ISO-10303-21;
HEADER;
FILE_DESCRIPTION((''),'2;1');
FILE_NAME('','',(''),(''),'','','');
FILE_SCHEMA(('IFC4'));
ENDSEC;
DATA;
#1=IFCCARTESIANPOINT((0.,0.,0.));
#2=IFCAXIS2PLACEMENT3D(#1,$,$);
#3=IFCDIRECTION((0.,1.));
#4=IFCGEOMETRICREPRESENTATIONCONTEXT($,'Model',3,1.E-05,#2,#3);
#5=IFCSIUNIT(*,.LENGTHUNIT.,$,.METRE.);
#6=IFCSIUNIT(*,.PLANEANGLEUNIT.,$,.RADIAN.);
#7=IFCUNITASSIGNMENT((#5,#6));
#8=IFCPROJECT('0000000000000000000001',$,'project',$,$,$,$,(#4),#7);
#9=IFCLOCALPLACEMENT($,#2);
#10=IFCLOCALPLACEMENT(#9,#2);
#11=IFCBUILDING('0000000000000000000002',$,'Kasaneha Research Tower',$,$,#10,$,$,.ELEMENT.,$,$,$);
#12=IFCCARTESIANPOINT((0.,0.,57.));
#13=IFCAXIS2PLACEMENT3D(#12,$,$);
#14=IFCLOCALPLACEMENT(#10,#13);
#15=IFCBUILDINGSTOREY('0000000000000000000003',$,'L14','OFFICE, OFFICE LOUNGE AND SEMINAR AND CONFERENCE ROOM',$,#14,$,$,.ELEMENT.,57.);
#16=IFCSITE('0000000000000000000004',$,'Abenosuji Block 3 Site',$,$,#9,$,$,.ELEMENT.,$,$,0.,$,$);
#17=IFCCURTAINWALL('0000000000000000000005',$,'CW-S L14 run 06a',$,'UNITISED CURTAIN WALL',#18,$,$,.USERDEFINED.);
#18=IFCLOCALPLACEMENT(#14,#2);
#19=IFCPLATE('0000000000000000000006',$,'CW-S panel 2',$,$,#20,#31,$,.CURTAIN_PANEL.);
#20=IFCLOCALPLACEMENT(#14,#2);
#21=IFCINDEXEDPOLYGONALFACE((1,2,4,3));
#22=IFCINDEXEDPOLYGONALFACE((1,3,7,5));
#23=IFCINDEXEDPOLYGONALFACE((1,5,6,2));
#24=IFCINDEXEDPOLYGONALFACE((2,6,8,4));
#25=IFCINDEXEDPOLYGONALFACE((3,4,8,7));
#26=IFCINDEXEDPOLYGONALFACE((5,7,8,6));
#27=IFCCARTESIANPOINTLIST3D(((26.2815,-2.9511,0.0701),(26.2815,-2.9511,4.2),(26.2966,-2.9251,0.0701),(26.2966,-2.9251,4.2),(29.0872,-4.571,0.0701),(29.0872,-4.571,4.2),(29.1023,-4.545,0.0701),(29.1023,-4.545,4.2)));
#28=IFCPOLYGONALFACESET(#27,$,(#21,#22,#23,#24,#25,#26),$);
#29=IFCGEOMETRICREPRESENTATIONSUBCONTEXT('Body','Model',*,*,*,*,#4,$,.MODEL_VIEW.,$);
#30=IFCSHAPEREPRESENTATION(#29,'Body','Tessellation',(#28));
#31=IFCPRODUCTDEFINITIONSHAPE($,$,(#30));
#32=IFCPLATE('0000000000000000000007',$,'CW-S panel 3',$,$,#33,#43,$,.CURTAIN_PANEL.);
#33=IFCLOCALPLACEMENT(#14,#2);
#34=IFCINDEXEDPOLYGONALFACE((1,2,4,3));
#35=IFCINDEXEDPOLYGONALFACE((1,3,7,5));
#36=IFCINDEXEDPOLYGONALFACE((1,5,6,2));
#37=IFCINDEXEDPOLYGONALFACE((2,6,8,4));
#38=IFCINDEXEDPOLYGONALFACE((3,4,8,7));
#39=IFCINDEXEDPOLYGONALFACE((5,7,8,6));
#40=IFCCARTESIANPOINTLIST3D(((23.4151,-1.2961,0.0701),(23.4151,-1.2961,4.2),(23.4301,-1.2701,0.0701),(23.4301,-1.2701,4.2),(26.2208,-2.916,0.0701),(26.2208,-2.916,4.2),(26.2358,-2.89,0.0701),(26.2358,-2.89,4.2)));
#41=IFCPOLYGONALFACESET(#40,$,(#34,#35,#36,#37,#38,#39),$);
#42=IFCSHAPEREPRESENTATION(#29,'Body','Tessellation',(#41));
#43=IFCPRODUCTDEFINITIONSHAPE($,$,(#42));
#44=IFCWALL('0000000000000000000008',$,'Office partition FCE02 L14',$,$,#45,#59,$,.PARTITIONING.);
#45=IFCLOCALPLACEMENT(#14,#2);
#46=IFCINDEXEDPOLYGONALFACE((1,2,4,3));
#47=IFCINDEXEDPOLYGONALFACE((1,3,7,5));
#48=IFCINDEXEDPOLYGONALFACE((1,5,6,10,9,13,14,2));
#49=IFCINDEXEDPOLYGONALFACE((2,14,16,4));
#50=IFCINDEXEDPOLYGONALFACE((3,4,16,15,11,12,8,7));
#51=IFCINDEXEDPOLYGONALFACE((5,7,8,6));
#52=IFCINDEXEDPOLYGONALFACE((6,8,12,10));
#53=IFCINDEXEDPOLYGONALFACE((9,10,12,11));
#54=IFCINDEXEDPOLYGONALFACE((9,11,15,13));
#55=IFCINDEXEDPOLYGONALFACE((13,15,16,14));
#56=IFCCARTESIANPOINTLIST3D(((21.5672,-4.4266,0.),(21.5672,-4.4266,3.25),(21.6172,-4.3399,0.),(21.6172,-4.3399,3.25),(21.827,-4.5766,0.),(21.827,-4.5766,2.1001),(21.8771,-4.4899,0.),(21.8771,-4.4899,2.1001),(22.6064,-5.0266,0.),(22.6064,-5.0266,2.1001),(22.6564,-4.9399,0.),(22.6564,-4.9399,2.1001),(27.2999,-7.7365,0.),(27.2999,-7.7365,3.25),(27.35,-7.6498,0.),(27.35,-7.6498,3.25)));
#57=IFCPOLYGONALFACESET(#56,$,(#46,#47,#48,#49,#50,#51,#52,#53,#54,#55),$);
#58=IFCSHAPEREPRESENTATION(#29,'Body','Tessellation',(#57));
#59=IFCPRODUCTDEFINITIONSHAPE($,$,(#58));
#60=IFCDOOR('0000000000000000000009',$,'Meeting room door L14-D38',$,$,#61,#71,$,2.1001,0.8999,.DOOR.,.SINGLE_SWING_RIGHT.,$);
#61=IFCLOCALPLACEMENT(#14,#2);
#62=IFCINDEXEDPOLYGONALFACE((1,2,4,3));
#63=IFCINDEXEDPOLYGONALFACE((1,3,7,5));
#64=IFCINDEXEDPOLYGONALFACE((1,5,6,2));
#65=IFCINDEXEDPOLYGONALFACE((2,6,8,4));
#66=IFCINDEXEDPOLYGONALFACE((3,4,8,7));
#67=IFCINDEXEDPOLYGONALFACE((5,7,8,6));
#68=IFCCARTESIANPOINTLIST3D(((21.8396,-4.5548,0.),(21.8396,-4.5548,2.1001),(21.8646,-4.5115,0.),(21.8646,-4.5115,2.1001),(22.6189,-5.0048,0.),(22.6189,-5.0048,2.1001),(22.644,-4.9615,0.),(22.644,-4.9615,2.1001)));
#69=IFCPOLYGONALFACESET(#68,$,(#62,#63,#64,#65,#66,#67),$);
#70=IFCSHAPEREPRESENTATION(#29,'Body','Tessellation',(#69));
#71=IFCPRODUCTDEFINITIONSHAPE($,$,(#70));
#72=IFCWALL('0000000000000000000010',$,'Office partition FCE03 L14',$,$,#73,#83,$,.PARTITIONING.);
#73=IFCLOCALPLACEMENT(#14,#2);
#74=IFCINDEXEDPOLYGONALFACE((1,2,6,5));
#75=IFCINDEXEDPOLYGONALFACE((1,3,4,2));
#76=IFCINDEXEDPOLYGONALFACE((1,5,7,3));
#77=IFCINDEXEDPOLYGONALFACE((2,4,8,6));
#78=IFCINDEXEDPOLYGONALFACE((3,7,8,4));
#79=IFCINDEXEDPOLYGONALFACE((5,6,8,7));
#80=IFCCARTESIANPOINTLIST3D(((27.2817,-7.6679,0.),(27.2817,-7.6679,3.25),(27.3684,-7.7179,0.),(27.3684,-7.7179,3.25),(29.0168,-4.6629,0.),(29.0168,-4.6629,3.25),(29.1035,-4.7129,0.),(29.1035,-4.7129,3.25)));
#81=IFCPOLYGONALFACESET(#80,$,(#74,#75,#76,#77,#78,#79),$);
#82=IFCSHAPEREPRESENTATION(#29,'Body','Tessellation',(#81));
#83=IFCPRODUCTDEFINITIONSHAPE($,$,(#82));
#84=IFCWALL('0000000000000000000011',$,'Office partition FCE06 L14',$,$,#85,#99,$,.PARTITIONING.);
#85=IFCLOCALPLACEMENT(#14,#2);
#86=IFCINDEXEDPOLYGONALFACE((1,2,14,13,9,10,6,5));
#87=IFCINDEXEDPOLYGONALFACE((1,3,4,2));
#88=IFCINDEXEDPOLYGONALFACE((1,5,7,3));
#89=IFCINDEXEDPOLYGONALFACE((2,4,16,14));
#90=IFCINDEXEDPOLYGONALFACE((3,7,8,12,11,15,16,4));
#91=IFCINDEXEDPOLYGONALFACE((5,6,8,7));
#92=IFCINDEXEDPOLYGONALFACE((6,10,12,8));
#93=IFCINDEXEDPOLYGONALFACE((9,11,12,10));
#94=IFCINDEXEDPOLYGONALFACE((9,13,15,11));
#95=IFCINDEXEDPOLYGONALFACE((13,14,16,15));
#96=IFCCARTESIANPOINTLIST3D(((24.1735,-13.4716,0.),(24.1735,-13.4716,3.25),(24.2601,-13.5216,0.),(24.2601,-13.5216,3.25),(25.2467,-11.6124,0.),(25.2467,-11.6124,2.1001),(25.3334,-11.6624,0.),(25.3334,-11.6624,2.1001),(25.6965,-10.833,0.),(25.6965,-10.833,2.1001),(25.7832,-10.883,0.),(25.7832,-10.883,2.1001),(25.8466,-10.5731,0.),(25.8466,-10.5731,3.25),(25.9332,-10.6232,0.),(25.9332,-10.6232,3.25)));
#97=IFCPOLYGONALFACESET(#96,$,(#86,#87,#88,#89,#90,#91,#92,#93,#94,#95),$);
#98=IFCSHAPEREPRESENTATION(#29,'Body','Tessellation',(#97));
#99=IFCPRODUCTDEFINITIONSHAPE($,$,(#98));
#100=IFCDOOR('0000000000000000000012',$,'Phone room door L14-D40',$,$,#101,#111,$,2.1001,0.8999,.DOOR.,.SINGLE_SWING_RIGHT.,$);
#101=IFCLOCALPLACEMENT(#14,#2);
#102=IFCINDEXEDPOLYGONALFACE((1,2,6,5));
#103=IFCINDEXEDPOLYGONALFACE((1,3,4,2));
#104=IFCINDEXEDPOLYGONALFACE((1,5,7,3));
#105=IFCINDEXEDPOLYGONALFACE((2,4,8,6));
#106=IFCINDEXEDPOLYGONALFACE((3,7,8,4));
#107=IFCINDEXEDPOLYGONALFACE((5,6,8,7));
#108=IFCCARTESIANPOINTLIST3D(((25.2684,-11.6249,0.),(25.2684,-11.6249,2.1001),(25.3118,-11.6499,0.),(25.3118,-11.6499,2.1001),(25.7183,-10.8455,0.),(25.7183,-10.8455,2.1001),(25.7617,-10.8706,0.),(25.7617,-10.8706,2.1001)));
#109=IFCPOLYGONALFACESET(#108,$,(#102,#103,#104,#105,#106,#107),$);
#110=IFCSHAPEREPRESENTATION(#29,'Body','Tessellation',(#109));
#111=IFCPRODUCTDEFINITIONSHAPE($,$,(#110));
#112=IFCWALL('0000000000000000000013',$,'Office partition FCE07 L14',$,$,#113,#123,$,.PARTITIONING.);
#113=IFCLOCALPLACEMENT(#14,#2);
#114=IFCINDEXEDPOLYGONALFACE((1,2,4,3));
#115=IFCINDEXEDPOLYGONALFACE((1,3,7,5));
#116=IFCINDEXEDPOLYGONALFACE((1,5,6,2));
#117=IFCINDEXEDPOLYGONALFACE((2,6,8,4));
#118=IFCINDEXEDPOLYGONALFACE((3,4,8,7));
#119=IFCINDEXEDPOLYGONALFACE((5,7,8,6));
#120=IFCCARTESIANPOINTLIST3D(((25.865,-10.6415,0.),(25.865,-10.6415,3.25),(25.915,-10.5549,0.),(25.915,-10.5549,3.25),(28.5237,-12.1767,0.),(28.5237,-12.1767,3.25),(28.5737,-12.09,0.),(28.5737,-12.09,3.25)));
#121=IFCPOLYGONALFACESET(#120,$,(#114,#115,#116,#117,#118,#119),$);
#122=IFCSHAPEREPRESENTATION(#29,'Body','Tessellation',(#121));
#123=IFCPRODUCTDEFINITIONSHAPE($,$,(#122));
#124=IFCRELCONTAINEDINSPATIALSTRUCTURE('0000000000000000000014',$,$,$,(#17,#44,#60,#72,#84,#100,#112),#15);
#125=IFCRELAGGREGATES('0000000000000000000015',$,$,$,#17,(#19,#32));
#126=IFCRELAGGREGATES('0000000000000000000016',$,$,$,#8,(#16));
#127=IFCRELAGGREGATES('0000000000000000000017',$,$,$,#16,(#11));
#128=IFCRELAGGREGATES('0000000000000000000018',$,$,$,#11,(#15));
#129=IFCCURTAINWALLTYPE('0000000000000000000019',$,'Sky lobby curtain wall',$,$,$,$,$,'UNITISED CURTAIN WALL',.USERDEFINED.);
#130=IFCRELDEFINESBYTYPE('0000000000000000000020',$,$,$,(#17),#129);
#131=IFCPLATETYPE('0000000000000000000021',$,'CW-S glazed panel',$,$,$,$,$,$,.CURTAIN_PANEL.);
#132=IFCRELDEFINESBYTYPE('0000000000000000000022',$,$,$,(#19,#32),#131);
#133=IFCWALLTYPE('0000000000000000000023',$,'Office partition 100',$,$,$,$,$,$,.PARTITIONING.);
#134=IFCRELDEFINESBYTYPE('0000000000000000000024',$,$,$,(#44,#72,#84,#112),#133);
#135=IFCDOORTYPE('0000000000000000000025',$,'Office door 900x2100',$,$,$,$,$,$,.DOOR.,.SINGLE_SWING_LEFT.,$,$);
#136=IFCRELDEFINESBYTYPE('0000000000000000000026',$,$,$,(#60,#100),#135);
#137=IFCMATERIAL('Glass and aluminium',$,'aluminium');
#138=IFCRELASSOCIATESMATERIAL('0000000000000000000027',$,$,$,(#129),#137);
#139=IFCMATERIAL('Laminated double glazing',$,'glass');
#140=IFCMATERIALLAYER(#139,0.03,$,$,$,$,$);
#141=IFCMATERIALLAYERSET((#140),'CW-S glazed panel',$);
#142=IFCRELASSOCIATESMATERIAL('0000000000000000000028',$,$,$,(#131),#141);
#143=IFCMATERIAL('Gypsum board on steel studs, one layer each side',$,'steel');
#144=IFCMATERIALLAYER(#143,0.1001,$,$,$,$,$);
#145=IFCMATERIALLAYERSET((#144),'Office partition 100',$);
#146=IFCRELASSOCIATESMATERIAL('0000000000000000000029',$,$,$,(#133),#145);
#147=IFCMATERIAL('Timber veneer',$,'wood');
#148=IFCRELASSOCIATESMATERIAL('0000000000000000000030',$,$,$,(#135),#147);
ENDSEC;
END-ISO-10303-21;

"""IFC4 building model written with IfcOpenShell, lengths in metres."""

from ifc_helpers import new_model, si_unit, direction, frame, frame_2d, origin, origin_2d, place, context, subcontext, project, spatial, rectangle, extrude, material, layer, layer_set, type_object, element, fill, aggregate, save


model = new_model("IFC4")

# Units and contexts
model_context = context("Model", 3, precision=1e-05, world=origin(), true_north=direction((0.0, 1.0)))
body_context = subcontext(model_context, "Body", "Model", "MODEL_VIEW")
ifc_project = project(units=[si_unit("LENGTHUNIT", "METRE"), si_unit("PLANEANGLEUNIT", "RADIAN")], contexts=[model_context])

# Site, building, storey
site_placement = place(None, origin())
site = spatial("IfcSite", under=ifc_project, at=site_placement, Name="Abenosuji Block 3 Site", CompositionType="ELEMENT", RefElevation=0.0)
building_placement = place(site_placement, origin())
building = spatial("IfcBuilding", under=site, at=building_placement, Name="Kasaneha Research Tower", CompositionType="ELEMENT")
storey_placement = place(building_placement, frame((0.0, 0.0, 57.0)))
storey = spatial("IfcBuildingStorey", under=building, at=storey_placement, Name="L14", Description="OFFICE, OFFICE LOUNGE AND SEMINAR AND CONFERENCE ROOM", CompositionType="ELEMENT", Elevation=57.0)

# Curtain wall
ifc_material_1 = material(Name="Glass and aluminium", Category="aluminium")
curtain_wall_type = type_object("IfcCurtainWallType", Name="Sky lobby curtain wall", ElementType="UNITISED CURTAIN WALL", PredefinedType="USERDEFINED", material=ifc_material_1)
curtain_wall_1_placement = place(storey_placement, origin())
curtain_wall_1 = element("IfcCurtainWall", 1, at=curtain_wall_1_placement, inside=storey, type_object=curtain_wall_type, Name="CW-S L14 run 06a", ObjectType="UNITISED CURTAIN WALL", PredefinedType="USERDEFINED")

# Plates
ifc_material_2 = material(Name="Laminated double glazing", Category="glass")
ifc_layer_1 = layer(ifc_material_2, 0.03)
ifc_layer_set_1 = layer_set([ifc_layer_1], Name="CW-S glazed panel")
plate_type = type_object("IfcPlateType", Name="CW-S glazed panel", PredefinedType="CURTAIN_PANEL", material=ifc_layer_set_1)
plate_1_placement = place(storey_placement, frame((27.6919, -3.748, 0.0701), z_axis=(0.0, 0.0, 1.0), x_axis=(-0.866025, 0.5, 0.0)))
plate_1 = element("IfcPlate", 2, at=plate_1_placement, type_object=plate_type, Name="CW-S panel 2", PredefinedType="CURTAIN_PANEL", context=body_context, shape_type="SweptSolid", body=[
    extrude(rectangle(XDim=3.2397, YDim=0.03, at=origin_2d()), origin(), (0.0, 0.0, 1.0), 4.1299),
])
plate_2_placement = place(storey_placement, frame((24.8254, -2.093, 0.0701), z_axis=(0.0, 0.0, 1.0), x_axis=(-0.866025, 0.5, 0.0)))
plate_2 = element("IfcPlate", 3, at=plate_2_placement, type_object=plate_type, Name="CW-S panel 3", PredefinedType="CURTAIN_PANEL", context=body_context, shape_type="SweptSolid", body=[
    extrude(rectangle(XDim=3.2397, YDim=0.03, at=origin_2d()), origin(), (0.0, 0.0, 1.0), 4.1299),
])
aggregate(curtain_wall_1, [plate_1, plate_2])

# Wall, opening, door
ifc_material_3 = material(Name="Gypsum board on steel studs, one layer each side", Category="steel")
ifc_layer_2 = layer(ifc_material_3, 0.1001)
ifc_layer_set_2 = layer_set([ifc_layer_2], Name="Office partition 100")
wall_type = type_object("IfcWallType", Name="Office partition 100", PredefinedType="PARTITIONING", material=ifc_layer_set_2)
wall_1_placement = place(storey_placement, frame((27.325, -7.6931, 0.0), z_axis=(0.0, 0.0, 1.0), x_axis=(-0.866022, 0.500007, 0.0)))
wall_1 = element("IfcWall", 4, at=wall_1_placement, inside=storey, type_object=wall_type, Name="Office partition FCE02 L14", PredefinedType="PARTITIONING", context=body_context, shape_type="SweptSolid", body=[
    extrude(rectangle(XDim=6.6196, YDim=0.1001, at=frame_2d((3.3098, 0.0))), origin(), (0.0, 0.0, 1.0), 3.25),
])
opening_1_placement = place(wall_1_placement, frame((5.4197, 0.0, 0.0)))
opening_1 = element("IfcOpeningElement", 5, at=opening_1_placement, cuts=wall_1, PredefinedType="OPENING", context=body_context, shape_type="SweptSolid", body=[
    extrude(rectangle(XDim=0.8999, YDim=2.1001, at=frame_2d((0.45, 1.05))), frame((0.0, 0.0601, 0.0), z_axis=(0.0, -1.0, 0.0), x_axis=(1.0, 0.0, 0.0)), (0.0, 0.0, 1.0), 0.1201),
])
ifc_material_4 = material(Name="Timber veneer", Category="wood")
door_type = type_object("IfcDoorType", Name="Office door 900x2100", OperationType="SINGLE_SWING_LEFT", PredefinedType="DOOR", material=ifc_material_4)
door_1_placement = place(opening_1_placement, origin())
door_1 = element("IfcDoor", 6, at=door_1_placement, inside=storey, type_object=door_type, Name="Meeting room door L14-D38", OperationType="SINGLE_SWING_RIGHT", OverallHeight=2.1001, OverallWidth=0.8999, PredefinedType="DOOR", context=body_context, shape_type="SweptSolid", body=[
    extrude(rectangle(XDim=0.8999, YDim=2.1001, at=frame_2d((0.45, 1.05))), frame((0.0, 0.0249, 0.0), z_axis=(0.0, -1.0, 0.0), x_axis=(1.0, 0.0, 0.0)), (0.0, 0.0, 1.0), 0.05),
])
fill(opening_1, door_1)

# Wall
wall_2_placement = place(storey_placement, frame((29.0601, -4.688, 0.0), z_axis=(0.0, 0.0, 1.0), x_axis=(-0.500021, -0.866013, 0.0)))
element("IfcWall", 7, at=wall_2_placement, inside=storey, type_object=wall_type, Name="Office partition FCE03 L14", PredefinedType="PARTITIONING", context=body_context, shape_type="SweptSolid", body=[
    extrude(rectangle(XDim=3.47, YDim=0.1001, at=frame_2d((1.7349, 0.0))), origin(), (0.0, 0.0, 1.0), 3.25),
])

# Wall, opening, door
wall_3_placement = place(storey_placement, frame((24.2168, -13.4966, 0.0), z_axis=(0.0, 0.0, 1.0), x_axis=(0.499929, 0.866067, 0.0)))
wall_3 = element("IfcWall", 8, at=wall_3_placement, inside=storey, type_object=wall_type, Name="Office partition FCE06 L14", PredefinedType="PARTITIONING", context=body_context, shape_type="SweptSolid", body=[
    extrude(rectangle(XDim=3.3467, YDim=0.1001, at=frame_2d((1.6733, 0.0))), origin(), (0.0, 0.0, 1.0), 3.25),
])
opening_2_placement = place(wall_3_placement, frame((2.1467, 0.0, 0.0)))
opening_2 = element("IfcOpeningElement", 9, at=opening_2_placement, cuts=wall_3, PredefinedType="OPENING", context=body_context, shape_type="SweptSolid", body=[
    extrude(rectangle(XDim=0.8999, YDim=2.1001, at=frame_2d((0.45, 1.05))), frame((0.0, 0.0601, 0.0), z_axis=(0.0, -1.0, 0.0), x_axis=(1.0, 0.0, 0.0)), (0.0, 0.0, 1.0), 0.1201),
])
door_2_placement = place(opening_2_placement, origin())
door_2 = element("IfcDoor", 10, at=door_2_placement, inside=storey, type_object=door_type, Name="Phone room door L14-D40", OperationType="SINGLE_SWING_RIGHT", OverallHeight=2.1001, OverallWidth=0.8999, PredefinedType="DOOR", context=body_context, shape_type="SweptSolid", body=[
    extrude(rectangle(XDim=0.8999, YDim=2.1001, at=frame_2d((0.45, 1.05))), frame((0.0, 0.0249, 0.0), z_axis=(0.0, -1.0, 0.0), x_axis=(1.0, 0.0, 0.0)), (0.0, 0.0, 1.0), 0.05),
])
fill(opening_2, door_2)

# Wall
wall_4_placement = place(storey_placement, frame((25.8899, -10.5981, 0.0), z_axis=(0.0, 0.0, 1.0), x_axis=(0.866003, -0.500039, 0.0)))
element("IfcWall", 11, at=wall_4_placement, inside=storey, type_object=wall_type, Name="Office partition FCE07 L14", PredefinedType="PARTITIONING", context=body_context, shape_type="SweptSolid", body=[
    extrude(rectangle(XDim=3.0701, YDim=0.1001, at=frame_2d((1.5352, 0.0))), origin(), (0.0, 0.0, 1.0), 3.25),
])

save(model, "model.ifc")
